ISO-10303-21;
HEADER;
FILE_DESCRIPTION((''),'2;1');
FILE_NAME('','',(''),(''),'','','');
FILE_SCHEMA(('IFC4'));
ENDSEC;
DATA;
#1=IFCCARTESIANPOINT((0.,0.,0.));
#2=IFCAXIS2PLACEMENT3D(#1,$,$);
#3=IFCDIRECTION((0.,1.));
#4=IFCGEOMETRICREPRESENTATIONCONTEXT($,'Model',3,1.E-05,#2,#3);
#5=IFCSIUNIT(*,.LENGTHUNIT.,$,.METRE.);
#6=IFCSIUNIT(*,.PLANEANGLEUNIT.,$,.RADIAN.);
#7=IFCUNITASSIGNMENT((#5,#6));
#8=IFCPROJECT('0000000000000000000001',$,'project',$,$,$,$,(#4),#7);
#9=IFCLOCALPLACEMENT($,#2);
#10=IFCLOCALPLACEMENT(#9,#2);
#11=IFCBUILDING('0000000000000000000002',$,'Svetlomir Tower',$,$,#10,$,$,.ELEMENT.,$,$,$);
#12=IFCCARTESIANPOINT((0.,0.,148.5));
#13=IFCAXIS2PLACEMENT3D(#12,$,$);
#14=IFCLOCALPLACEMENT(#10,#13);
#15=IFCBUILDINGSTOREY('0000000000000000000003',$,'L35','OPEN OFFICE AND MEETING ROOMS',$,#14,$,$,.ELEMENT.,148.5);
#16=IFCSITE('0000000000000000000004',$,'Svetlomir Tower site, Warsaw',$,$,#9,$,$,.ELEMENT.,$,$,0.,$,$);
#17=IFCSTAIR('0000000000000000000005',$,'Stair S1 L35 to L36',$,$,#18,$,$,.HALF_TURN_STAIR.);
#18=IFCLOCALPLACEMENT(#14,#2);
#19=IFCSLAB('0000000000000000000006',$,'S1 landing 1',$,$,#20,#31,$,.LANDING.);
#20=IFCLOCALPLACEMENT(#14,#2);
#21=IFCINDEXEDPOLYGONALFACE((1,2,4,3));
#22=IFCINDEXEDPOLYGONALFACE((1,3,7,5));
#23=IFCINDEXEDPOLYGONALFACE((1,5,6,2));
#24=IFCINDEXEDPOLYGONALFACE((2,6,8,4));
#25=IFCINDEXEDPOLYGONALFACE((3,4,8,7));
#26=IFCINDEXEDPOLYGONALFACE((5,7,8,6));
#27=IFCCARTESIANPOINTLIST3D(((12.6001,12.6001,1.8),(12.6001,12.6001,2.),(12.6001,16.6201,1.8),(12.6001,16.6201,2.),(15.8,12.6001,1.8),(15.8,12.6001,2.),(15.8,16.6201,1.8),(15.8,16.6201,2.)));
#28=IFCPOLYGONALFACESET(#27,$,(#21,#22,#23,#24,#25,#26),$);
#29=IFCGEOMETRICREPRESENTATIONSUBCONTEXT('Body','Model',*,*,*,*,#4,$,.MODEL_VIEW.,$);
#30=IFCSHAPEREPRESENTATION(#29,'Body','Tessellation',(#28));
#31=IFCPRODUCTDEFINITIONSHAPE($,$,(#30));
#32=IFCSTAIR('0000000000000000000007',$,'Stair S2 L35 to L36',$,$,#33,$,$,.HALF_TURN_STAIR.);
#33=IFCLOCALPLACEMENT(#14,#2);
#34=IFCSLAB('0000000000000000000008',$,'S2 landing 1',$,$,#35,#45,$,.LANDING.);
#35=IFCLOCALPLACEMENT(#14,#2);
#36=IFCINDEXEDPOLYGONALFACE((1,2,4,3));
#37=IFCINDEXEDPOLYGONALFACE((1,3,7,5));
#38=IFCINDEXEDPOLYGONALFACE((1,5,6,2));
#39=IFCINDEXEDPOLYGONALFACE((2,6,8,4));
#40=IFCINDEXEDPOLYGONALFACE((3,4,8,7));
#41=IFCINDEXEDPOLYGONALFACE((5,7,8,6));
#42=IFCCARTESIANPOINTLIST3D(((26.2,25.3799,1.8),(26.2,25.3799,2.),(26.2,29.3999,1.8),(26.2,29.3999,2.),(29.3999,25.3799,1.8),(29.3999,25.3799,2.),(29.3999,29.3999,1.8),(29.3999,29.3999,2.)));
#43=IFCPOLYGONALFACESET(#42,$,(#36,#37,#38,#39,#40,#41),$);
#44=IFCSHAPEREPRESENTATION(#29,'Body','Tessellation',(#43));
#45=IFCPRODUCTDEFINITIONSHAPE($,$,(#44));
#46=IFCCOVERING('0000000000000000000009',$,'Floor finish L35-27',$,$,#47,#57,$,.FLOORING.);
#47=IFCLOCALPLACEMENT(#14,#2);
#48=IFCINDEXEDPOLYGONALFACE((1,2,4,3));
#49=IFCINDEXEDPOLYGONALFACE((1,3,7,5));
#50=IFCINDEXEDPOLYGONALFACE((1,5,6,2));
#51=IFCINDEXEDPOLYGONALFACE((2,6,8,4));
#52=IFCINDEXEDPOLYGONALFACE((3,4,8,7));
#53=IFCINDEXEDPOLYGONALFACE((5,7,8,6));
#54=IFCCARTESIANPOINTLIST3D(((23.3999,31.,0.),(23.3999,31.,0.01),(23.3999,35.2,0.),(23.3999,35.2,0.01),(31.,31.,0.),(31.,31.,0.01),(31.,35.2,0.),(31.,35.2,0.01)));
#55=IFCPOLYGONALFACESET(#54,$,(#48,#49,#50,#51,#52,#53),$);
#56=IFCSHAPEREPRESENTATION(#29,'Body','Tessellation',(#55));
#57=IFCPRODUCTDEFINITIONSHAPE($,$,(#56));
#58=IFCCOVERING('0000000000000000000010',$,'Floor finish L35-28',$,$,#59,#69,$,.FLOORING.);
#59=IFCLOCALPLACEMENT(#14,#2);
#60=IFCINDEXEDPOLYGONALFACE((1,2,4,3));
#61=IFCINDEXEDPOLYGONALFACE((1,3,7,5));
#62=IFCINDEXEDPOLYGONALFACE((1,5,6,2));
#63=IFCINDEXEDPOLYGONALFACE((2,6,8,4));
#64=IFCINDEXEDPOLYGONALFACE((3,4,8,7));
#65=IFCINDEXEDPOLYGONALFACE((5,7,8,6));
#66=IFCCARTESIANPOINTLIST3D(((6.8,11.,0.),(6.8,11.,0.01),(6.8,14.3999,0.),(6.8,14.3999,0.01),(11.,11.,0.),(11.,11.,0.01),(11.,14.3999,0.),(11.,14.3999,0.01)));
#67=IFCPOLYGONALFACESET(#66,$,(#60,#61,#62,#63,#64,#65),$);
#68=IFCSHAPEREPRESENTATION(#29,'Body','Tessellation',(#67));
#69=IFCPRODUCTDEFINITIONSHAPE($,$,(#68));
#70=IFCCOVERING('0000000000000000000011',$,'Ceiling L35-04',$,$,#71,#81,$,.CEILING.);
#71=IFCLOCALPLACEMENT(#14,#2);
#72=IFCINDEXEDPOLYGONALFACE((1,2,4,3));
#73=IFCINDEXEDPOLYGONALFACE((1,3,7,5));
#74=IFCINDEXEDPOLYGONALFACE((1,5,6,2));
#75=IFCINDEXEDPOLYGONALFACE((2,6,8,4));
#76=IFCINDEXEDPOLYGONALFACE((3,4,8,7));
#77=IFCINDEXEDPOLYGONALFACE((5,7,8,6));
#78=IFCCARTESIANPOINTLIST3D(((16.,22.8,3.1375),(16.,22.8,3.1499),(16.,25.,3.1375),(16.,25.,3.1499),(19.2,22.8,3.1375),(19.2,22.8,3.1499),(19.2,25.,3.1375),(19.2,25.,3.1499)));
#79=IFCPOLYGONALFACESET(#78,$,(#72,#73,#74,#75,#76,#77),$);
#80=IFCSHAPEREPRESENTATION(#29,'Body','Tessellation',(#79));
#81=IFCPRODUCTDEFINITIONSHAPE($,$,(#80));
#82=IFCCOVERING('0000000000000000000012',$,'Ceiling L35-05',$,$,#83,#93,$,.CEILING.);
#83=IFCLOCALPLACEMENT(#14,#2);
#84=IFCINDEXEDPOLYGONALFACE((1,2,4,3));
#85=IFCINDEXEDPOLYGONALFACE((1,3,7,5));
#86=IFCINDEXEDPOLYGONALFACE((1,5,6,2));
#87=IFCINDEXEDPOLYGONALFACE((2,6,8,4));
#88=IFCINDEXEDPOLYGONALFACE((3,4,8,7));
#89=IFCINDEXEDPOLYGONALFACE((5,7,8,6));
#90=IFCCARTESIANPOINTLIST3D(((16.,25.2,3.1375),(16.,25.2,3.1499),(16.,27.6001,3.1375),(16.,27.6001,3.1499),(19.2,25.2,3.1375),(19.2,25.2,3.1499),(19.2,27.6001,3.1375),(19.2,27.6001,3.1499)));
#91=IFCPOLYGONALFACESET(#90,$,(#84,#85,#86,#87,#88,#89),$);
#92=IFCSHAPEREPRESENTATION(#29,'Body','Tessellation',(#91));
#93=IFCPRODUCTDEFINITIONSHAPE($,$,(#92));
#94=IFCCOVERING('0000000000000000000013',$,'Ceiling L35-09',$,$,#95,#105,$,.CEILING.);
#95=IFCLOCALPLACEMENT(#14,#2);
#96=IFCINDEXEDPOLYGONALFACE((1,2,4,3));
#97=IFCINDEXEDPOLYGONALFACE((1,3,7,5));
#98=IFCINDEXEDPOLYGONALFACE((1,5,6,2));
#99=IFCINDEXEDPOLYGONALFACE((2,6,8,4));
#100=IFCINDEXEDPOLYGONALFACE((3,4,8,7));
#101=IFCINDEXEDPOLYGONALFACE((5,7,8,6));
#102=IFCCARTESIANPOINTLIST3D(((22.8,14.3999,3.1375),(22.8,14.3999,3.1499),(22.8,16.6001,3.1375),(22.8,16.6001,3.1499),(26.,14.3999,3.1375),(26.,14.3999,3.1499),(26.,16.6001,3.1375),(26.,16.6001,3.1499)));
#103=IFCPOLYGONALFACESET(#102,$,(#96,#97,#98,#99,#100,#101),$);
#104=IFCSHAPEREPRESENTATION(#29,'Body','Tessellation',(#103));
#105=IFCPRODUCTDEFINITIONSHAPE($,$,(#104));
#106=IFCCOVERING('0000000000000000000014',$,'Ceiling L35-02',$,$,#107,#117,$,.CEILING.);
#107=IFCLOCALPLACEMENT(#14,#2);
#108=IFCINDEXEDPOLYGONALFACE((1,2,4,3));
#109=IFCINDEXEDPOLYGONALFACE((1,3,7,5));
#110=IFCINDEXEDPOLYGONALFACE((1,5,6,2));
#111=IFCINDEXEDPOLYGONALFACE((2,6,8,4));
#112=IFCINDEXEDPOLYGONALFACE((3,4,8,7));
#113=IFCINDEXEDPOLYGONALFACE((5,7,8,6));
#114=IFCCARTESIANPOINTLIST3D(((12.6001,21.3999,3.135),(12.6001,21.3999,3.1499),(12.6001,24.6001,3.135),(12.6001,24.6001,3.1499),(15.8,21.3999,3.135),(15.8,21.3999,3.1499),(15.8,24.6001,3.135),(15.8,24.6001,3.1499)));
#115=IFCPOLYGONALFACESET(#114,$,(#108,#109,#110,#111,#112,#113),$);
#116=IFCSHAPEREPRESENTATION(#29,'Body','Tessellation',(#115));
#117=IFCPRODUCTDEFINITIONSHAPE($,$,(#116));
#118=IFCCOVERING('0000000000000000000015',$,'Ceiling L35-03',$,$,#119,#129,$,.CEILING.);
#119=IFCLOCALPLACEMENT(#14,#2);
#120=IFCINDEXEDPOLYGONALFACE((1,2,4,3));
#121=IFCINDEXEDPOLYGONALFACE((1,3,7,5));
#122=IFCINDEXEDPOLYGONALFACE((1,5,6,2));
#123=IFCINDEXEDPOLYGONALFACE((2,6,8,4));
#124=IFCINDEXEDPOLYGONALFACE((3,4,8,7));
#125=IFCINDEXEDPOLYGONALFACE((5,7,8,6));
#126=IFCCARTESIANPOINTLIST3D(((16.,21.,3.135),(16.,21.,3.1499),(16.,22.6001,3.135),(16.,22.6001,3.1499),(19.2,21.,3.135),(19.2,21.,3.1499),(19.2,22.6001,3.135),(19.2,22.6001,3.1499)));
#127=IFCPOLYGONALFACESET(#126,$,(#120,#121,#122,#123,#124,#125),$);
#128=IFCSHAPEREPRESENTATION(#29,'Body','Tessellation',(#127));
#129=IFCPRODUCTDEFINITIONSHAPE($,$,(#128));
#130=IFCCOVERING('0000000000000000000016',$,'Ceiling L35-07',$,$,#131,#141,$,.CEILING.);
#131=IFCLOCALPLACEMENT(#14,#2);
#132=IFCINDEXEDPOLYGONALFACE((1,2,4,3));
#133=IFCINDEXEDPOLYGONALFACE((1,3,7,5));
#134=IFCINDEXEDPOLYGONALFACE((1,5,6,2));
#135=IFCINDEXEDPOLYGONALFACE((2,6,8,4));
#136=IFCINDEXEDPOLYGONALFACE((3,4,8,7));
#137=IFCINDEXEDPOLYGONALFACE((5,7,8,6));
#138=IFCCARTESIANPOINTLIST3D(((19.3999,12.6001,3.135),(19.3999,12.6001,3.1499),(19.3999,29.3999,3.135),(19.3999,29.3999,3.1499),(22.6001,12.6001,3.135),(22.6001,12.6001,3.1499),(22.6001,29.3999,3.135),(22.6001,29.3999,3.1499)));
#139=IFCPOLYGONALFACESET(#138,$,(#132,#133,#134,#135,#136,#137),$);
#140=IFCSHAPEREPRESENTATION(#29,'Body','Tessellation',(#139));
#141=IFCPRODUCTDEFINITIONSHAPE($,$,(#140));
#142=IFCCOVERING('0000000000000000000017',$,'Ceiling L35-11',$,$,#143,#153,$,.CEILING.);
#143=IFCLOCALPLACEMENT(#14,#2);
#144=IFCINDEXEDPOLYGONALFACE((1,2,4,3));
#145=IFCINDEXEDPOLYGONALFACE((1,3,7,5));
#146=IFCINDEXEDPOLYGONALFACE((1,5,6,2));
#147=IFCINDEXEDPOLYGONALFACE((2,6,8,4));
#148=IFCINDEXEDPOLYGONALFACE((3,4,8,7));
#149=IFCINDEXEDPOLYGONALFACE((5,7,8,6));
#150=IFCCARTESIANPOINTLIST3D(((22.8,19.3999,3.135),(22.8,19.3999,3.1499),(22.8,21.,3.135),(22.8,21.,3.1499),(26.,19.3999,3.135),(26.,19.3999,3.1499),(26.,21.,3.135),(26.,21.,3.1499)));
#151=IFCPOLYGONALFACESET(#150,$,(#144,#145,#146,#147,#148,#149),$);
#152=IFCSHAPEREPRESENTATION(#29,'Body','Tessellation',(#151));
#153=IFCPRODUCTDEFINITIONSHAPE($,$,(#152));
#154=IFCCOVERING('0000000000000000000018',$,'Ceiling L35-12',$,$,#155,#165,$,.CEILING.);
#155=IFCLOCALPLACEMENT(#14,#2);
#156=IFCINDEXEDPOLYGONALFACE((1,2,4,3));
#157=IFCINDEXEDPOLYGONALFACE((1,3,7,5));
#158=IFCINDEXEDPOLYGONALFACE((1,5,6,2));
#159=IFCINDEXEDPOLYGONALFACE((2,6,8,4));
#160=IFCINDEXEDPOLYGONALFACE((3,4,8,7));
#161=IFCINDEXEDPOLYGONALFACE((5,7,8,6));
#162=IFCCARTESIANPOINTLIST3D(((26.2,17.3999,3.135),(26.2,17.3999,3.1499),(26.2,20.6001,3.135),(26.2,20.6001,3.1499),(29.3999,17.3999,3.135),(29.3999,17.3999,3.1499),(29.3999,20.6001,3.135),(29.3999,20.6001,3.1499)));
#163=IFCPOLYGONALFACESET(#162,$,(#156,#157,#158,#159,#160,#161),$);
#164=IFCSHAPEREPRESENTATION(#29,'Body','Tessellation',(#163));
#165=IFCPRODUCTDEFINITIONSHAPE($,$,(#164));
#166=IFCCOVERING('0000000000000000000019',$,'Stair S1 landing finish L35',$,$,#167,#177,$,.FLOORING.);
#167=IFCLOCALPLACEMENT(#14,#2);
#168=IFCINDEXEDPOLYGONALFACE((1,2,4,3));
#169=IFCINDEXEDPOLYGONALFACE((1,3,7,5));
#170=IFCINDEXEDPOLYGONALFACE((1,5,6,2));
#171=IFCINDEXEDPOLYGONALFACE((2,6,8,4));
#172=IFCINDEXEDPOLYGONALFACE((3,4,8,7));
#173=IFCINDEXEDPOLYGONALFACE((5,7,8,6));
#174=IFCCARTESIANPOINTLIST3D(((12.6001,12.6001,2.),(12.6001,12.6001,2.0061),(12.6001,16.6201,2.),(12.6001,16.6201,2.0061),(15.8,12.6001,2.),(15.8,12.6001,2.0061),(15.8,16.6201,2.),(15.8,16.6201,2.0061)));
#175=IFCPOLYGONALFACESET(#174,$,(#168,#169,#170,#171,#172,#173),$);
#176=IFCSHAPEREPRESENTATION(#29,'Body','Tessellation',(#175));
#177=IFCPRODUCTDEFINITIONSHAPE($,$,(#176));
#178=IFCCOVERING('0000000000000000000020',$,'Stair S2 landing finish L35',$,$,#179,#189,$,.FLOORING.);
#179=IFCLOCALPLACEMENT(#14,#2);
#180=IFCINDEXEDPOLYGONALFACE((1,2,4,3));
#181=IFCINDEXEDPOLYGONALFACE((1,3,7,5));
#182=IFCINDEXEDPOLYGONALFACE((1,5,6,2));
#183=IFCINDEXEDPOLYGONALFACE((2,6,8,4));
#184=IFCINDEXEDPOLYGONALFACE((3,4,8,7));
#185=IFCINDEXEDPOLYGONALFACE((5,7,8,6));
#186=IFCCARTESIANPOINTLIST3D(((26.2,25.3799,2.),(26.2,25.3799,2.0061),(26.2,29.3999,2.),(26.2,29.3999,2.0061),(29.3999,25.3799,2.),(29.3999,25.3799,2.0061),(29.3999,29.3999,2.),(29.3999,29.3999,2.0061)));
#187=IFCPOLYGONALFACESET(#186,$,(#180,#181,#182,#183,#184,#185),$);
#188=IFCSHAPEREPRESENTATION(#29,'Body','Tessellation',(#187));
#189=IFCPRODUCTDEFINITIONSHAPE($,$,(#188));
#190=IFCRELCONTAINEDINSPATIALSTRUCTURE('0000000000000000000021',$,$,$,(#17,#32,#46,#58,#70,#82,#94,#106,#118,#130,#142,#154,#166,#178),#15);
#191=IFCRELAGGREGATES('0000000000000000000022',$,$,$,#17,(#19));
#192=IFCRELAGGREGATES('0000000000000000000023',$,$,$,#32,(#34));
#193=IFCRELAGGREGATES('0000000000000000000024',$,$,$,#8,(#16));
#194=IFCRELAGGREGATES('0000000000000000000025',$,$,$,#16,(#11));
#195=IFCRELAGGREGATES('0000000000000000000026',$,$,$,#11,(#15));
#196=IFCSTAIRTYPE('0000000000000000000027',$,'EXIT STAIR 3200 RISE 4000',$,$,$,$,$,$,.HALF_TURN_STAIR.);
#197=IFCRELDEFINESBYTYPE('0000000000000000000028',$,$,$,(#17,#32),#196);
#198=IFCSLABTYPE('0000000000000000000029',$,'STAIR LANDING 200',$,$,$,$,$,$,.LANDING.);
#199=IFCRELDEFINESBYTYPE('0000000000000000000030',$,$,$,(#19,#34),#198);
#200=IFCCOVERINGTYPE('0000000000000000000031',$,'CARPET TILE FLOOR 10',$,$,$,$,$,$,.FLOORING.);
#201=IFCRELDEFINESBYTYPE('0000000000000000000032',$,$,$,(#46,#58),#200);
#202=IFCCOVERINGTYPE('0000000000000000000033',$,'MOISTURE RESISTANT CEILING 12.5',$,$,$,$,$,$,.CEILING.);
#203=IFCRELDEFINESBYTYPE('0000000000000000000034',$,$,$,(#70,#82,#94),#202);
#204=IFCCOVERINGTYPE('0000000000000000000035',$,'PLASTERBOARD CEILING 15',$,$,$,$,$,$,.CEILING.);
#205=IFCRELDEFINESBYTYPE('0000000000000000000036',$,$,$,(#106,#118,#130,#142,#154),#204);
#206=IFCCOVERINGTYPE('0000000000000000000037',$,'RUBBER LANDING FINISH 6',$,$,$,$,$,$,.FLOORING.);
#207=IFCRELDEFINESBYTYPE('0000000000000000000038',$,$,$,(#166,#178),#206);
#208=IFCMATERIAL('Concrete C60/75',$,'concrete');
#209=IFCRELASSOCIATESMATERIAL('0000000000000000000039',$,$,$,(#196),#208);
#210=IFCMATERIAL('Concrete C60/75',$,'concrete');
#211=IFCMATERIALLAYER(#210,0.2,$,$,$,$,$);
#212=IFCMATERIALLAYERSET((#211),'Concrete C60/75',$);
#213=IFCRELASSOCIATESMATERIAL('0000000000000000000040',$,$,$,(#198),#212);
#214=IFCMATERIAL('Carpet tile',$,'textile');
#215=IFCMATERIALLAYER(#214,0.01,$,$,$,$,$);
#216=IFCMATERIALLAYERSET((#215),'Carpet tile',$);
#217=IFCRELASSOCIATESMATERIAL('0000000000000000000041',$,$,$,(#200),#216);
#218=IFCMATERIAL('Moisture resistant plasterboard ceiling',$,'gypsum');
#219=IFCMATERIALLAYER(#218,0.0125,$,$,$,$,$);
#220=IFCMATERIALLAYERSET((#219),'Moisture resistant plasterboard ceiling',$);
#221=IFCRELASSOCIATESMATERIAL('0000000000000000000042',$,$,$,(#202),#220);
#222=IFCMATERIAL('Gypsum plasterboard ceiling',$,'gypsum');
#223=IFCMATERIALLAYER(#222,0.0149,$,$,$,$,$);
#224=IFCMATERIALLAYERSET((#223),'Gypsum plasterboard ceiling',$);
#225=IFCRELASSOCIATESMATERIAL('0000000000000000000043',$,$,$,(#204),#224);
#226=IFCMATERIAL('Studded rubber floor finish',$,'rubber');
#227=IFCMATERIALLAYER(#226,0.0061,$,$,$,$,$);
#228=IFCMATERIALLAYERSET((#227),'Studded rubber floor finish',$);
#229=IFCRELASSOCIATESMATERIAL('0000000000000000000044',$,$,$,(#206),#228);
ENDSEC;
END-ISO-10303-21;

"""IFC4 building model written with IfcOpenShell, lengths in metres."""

from ifc_helpers import new_model, si_unit, direction, frame, origin, place, context, subcontext, project, spatial, polyline, outline, extrude, material, layer, layer_set, type_object, element, aggregate, save


model = new_model("IFC4")

# Units and contexts
model_context = context("Model", 3, precision=1e-05, world=origin(), true_north=direction((0.0, 1.0)))
body_context = subcontext(model_context, "Body", "Model", "MODEL_VIEW")
ifc_project = project(units=[si_unit("LENGTHUNIT", "METRE"), si_unit("PLANEANGLEUNIT", "RADIAN")], contexts=[model_context])

# Site, building, storey
site_placement = place(None, origin())
site = spatial("IfcSite", under=ifc_project, at=site_placement, Name="Svetlomir Tower site, Warsaw", CompositionType="ELEMENT", RefElevation=0.0)
building_placement = place(site_placement, origin())
building = spatial("IfcBuilding", under=site, at=building_placement, Name="Svetlomir Tower", CompositionType="ELEMENT")
storey_placement = place(building_placement, frame((0.0, 0.0, 148.5)))
storey = spatial("IfcBuildingStorey", under=building, at=storey_placement, Name="L35", Description="OPEN OFFICE AND MEETING ROOMS", CompositionType="ELEMENT", Elevation=148.5)

# Stairs, slabs
ifc_material_1 = material(Name="Concrete C60/75", Category="concrete")
stair_type = type_object("IfcStairType", Name="EXIT STAIR 3200 RISE 4000", PredefinedType="HALF_TURN_STAIR", material=ifc_material_1)
stair_1_placement = place(storey_placement, origin())
stair_1 = element("IfcStair", 1, at=stair_1_placement, inside=storey, type_object=stair_type, Name="Stair S1 L35 to L36", PredefinedType="HALF_TURN_STAIR")
ifc_material_2 = material(Name="Concrete C60/75", Category="concrete")
ifc_layer_1 = layer(ifc_material_2, 0.2)
ifc_layer_set_1 = layer_set([ifc_layer_1], Name="Concrete C60/75")
slab_type = type_object("IfcSlabType", Name="STAIR LANDING 200", PredefinedType="LANDING", material=ifc_layer_set_1)
slab_1_placement = place(storey_placement, frame((0.0, 0.0, 1.8)))
slab_1 = element("IfcSlab", 2, at=slab_1_placement, type_object=slab_type, Name="S1 landing 1", PredefinedType="LANDING", context=body_context, shape_type="SweptSolid", body=[
    extrude(outline(polyline([(12.6001, 12.6001), (15.8, 12.6001), (15.8, 16.6201), (12.6001, 16.6201), (12.6001, 12.6001)])), origin(), (0.0, 0.0, 1.0), 0.2),
])
aggregate(stair_1, [slab_1])
stair_2_placement = place(storey_placement, origin())
stair_2 = element("IfcStair", 3, at=stair_2_placement, inside=storey, type_object=stair_type, Name="Stair S2 L35 to L36", PredefinedType="HALF_TURN_STAIR")
slab_2_placement = place(storey_placement, frame((0.0, 0.0, 1.8)))
slab_2 = element("IfcSlab", 4, at=slab_2_placement, type_object=slab_type, Name="S2 landing 1", PredefinedType="LANDING", context=body_context, shape_type="SweptSolid", body=[
    extrude(outline(polyline([(26.2, 25.3799), (29.3999, 25.3799), (29.3999, 29.3999), (26.2, 29.3999), (26.2, 25.3799)])), origin(), (0.0, 0.0, 1.0), 0.2),
])
aggregate(stair_2, [slab_2])

# Coverings
ifc_material_3 = material(Name="Carpet tile", Category="textile")
ifc_layer_2 = layer(ifc_material_3, 0.01)
ifc_layer_set_2 = layer_set([ifc_layer_2], Name="Carpet tile")
covering_type_1 = type_object("IfcCoveringType", Name="CARPET TILE FLOOR 10", PredefinedType="FLOORING", material=ifc_layer_set_2)
covering_1_placement = place(storey_placement, origin())
element("IfcCovering", 5, at=covering_1_placement, inside=storey, type_object=covering_type_1, Name="Floor finish L35-27", PredefinedType="FLOORING", context=body_context, shape_type="SweptSolid", body=[
    extrude(outline(polyline([(23.3999, 31.0), (31.0, 31.0), (31.0, 35.2), (23.3999, 35.2), (23.3999, 31.0)])), origin(), (0.0, 0.0, 1.0), 0.01),
])
covering_2_placement = place(storey_placement, origin())
element("IfcCovering", 6, at=covering_2_placement, inside=storey, type_object=covering_type_1, Name="Floor finish L35-28", PredefinedType="FLOORING", context=body_context, shape_type="SweptSolid", body=[
    extrude(outline(polyline([(6.8, 11.0), (11.0, 11.0), (11.0, 14.3999), (6.8, 14.3999), (6.8, 11.0)])), origin(), (0.0, 0.0, 1.0), 0.01),
])
ifc_material_4 = material(Name="Moisture resistant plasterboard ceiling", Category="gypsum")
ifc_layer_3 = layer(ifc_material_4, 0.0125)
ifc_layer_set_3 = layer_set([ifc_layer_3], Name="Moisture resistant plasterboard ceiling")
covering_type_2 = type_object("IfcCoveringType", Name="MOISTURE RESISTANT CEILING 12.5", PredefinedType="CEILING", material=ifc_layer_set_3)
covering_3_placement = place(storey_placement, frame((0.0, 0.0, 3.1375)))
element("IfcCovering", 7, at=covering_3_placement, inside=storey, type_object=covering_type_2, Name="Ceiling L35-04", PredefinedType="CEILING", context=body_context, shape_type="SweptSolid", body=[
    extrude(outline(polyline([(16.0, 22.8), (19.2, 22.8), (19.2, 25.0), (16.0, 25.0), (16.0, 22.8)])), origin(), (0.0, 0.0, 1.0), 0.0125),
])
covering_4_placement = place(storey_placement, frame((0.0, 0.0, 3.1375)))
element("IfcCovering", 8, at=covering_4_placement, inside=storey, type_object=covering_type_2, Name="Ceiling L35-05", PredefinedType="CEILING", context=body_context, shape_type="SweptSolid", body=[
    extrude(outline(polyline([(16.0, 25.2), (19.2, 25.2), (19.2, 27.6001), (16.0, 27.6001), (16.0, 25.2)])), origin(), (0.0, 0.0, 1.0), 0.0125),
])
covering_5_placement = place(storey_placement, frame((0.0, 0.0, 3.1375)))
element("IfcCovering", 9, at=covering_5_placement, inside=storey, type_object=covering_type_2, Name="Ceiling L35-09", PredefinedType="CEILING", context=body_context, shape_type="SweptSolid", body=[
    extrude(outline(polyline([(22.8, 14.3999), (26.0, 14.3999), (26.0, 16.6001), (22.8, 16.6001), (22.8, 14.3999)])), origin(), (0.0, 0.0, 1.0), 0.0125),
])
ifc_material_5 = material(Name="Gypsum plasterboard ceiling", Category="gypsum")
ifc_layer_4 = layer(ifc_material_5, 0.0149)
ifc_layer_set_4 = layer_set([ifc_layer_4], Name="Gypsum plasterboard ceiling")
covering_type_3 = type_object("IfcCoveringType", Name="PLASTERBOARD CEILING 15", PredefinedType="CEILING", material=ifc_layer_set_4)
covering_6_placement = place(storey_placement, frame((0.0, 0.0, 3.135)))
element("IfcCovering", 10, at=covering_6_placement, inside=storey, type_object=covering_type_3, Name="Ceiling L35-02", PredefinedType="CEILING", context=body_context, shape_type="SweptSolid", body=[
    extrude(outline(polyline([(12.6001, 21.3999), (15.8, 21.3999), (15.8, 24.6001), (12.6001, 24.6001), (12.6001, 21.3999)])), origin(), (0.0, 0.0, 1.0), 0.0149),
])
covering_7_placement = place(storey_placement, frame((0.0, 0.0, 3.135)))
element("IfcCovering", 11, at=covering_7_placement, inside=storey, type_object=covering_type_3, Name="Ceiling L35-03", PredefinedType="CEILING", context=body_context, shape_type="SweptSolid", body=[
    extrude(outline(polyline([(16.0, 21.0), (19.2, 21.0), (19.2, 22.6001), (16.0, 22.6001), (16.0, 21.0)])), origin(), (0.0, 0.0, 1.0), 0.0149),
])
covering_8_placement = place(storey_placement, frame((0.0, 0.0, 3.135)))
element("IfcCovering", 12, at=covering_8_placement, inside=storey, type_object=covering_type_3, Name="Ceiling L35-07", PredefinedType="CEILING", context=body_context, shape_type="SweptSolid", body=[
    extrude(outline(polyline([(19.3999, 12.6001), (22.6001, 12.6001), (22.6001, 29.3999), (19.3999, 29.3999), (19.3999, 12.6001)])), origin(), (0.0, 0.0, 1.0), 0.0149),
])
covering_9_placement = place(storey_placement, frame((0.0, 0.0, 3.135)))
element("IfcCovering", 13, at=covering_9_placement, inside=storey, type_object=covering_type_3, Name="Ceiling L35-11", PredefinedType="CEILING", context=body_context, shape_type="SweptSolid", body=[
    extrude(outline(polyline([(22.8, 19.3999), (26.0, 19.3999), (26.0, 21.0), (22.8, 21.0), (22.8, 19.3999)])), origin(), (0.0, 0.0, 1.0), 0.0149),
])
covering_10_placement = place(storey_placement, frame((0.0, 0.0, 3.135)))
element("IfcCovering", 14, at=covering_10_placement, inside=storey, type_object=covering_type_3, Name="Ceiling L35-12", PredefinedType="CEILING", context=body_context, shape_type="SweptSolid", body=[
    extrude(outline(polyline([(26.2, 17.3999), (29.3999, 17.3999), (29.3999, 20.6001), (26.2, 20.6001), (26.2, 17.3999)])), origin(), (0.0, 0.0, 1.0), 0.0149),
])
ifc_material_6 = material(Name="Studded rubber floor finish", Category="rubber")
ifc_layer_5 = layer(ifc_material_6, 0.0061)
ifc_layer_set_5 = layer_set([ifc_layer_5], Name="Studded rubber floor finish")
covering_type_4 = type_object("IfcCoveringType", Name="RUBBER LANDING FINISH 6", PredefinedType="FLOORING", material=ifc_layer_set_5)
covering_11_placement = place(storey_placement, frame((0.0, 0.0, 2.0)))
element("IfcCovering", 15, at=covering_11_placement, inside=storey, type_object=covering_type_4, Name="Stair S1 landing finish L35", PredefinedType="FLOORING", context=body_context, shape_type="SweptSolid", body=[
    extrude(outline(polyline([(12.6001, 12.6001), (15.8, 12.6001), (15.8, 16.6201), (12.6001, 16.6201), (12.6001, 12.6001)])), origin(), (0.0, 0.0, 1.0), 0.0061),
])
covering_12_placement = place(storey_placement, frame((0.0, 0.0, 2.0)))
element("IfcCovering", 16, at=covering_12_placement, inside=storey, type_object=covering_type_4, Name="Stair S2 landing finish L35", PredefinedType="FLOORING", context=body_context, shape_type="SweptSolid", body=[
    extrude(outline(polyline([(26.2, 25.3799), (29.3999, 25.3799), (29.3999, 29.3999), (26.2, 29.3999), (26.2, 25.3799)])), origin(), (0.0, 0.0, 1.0), 0.0061),
])

save(model, "model.ifc")
